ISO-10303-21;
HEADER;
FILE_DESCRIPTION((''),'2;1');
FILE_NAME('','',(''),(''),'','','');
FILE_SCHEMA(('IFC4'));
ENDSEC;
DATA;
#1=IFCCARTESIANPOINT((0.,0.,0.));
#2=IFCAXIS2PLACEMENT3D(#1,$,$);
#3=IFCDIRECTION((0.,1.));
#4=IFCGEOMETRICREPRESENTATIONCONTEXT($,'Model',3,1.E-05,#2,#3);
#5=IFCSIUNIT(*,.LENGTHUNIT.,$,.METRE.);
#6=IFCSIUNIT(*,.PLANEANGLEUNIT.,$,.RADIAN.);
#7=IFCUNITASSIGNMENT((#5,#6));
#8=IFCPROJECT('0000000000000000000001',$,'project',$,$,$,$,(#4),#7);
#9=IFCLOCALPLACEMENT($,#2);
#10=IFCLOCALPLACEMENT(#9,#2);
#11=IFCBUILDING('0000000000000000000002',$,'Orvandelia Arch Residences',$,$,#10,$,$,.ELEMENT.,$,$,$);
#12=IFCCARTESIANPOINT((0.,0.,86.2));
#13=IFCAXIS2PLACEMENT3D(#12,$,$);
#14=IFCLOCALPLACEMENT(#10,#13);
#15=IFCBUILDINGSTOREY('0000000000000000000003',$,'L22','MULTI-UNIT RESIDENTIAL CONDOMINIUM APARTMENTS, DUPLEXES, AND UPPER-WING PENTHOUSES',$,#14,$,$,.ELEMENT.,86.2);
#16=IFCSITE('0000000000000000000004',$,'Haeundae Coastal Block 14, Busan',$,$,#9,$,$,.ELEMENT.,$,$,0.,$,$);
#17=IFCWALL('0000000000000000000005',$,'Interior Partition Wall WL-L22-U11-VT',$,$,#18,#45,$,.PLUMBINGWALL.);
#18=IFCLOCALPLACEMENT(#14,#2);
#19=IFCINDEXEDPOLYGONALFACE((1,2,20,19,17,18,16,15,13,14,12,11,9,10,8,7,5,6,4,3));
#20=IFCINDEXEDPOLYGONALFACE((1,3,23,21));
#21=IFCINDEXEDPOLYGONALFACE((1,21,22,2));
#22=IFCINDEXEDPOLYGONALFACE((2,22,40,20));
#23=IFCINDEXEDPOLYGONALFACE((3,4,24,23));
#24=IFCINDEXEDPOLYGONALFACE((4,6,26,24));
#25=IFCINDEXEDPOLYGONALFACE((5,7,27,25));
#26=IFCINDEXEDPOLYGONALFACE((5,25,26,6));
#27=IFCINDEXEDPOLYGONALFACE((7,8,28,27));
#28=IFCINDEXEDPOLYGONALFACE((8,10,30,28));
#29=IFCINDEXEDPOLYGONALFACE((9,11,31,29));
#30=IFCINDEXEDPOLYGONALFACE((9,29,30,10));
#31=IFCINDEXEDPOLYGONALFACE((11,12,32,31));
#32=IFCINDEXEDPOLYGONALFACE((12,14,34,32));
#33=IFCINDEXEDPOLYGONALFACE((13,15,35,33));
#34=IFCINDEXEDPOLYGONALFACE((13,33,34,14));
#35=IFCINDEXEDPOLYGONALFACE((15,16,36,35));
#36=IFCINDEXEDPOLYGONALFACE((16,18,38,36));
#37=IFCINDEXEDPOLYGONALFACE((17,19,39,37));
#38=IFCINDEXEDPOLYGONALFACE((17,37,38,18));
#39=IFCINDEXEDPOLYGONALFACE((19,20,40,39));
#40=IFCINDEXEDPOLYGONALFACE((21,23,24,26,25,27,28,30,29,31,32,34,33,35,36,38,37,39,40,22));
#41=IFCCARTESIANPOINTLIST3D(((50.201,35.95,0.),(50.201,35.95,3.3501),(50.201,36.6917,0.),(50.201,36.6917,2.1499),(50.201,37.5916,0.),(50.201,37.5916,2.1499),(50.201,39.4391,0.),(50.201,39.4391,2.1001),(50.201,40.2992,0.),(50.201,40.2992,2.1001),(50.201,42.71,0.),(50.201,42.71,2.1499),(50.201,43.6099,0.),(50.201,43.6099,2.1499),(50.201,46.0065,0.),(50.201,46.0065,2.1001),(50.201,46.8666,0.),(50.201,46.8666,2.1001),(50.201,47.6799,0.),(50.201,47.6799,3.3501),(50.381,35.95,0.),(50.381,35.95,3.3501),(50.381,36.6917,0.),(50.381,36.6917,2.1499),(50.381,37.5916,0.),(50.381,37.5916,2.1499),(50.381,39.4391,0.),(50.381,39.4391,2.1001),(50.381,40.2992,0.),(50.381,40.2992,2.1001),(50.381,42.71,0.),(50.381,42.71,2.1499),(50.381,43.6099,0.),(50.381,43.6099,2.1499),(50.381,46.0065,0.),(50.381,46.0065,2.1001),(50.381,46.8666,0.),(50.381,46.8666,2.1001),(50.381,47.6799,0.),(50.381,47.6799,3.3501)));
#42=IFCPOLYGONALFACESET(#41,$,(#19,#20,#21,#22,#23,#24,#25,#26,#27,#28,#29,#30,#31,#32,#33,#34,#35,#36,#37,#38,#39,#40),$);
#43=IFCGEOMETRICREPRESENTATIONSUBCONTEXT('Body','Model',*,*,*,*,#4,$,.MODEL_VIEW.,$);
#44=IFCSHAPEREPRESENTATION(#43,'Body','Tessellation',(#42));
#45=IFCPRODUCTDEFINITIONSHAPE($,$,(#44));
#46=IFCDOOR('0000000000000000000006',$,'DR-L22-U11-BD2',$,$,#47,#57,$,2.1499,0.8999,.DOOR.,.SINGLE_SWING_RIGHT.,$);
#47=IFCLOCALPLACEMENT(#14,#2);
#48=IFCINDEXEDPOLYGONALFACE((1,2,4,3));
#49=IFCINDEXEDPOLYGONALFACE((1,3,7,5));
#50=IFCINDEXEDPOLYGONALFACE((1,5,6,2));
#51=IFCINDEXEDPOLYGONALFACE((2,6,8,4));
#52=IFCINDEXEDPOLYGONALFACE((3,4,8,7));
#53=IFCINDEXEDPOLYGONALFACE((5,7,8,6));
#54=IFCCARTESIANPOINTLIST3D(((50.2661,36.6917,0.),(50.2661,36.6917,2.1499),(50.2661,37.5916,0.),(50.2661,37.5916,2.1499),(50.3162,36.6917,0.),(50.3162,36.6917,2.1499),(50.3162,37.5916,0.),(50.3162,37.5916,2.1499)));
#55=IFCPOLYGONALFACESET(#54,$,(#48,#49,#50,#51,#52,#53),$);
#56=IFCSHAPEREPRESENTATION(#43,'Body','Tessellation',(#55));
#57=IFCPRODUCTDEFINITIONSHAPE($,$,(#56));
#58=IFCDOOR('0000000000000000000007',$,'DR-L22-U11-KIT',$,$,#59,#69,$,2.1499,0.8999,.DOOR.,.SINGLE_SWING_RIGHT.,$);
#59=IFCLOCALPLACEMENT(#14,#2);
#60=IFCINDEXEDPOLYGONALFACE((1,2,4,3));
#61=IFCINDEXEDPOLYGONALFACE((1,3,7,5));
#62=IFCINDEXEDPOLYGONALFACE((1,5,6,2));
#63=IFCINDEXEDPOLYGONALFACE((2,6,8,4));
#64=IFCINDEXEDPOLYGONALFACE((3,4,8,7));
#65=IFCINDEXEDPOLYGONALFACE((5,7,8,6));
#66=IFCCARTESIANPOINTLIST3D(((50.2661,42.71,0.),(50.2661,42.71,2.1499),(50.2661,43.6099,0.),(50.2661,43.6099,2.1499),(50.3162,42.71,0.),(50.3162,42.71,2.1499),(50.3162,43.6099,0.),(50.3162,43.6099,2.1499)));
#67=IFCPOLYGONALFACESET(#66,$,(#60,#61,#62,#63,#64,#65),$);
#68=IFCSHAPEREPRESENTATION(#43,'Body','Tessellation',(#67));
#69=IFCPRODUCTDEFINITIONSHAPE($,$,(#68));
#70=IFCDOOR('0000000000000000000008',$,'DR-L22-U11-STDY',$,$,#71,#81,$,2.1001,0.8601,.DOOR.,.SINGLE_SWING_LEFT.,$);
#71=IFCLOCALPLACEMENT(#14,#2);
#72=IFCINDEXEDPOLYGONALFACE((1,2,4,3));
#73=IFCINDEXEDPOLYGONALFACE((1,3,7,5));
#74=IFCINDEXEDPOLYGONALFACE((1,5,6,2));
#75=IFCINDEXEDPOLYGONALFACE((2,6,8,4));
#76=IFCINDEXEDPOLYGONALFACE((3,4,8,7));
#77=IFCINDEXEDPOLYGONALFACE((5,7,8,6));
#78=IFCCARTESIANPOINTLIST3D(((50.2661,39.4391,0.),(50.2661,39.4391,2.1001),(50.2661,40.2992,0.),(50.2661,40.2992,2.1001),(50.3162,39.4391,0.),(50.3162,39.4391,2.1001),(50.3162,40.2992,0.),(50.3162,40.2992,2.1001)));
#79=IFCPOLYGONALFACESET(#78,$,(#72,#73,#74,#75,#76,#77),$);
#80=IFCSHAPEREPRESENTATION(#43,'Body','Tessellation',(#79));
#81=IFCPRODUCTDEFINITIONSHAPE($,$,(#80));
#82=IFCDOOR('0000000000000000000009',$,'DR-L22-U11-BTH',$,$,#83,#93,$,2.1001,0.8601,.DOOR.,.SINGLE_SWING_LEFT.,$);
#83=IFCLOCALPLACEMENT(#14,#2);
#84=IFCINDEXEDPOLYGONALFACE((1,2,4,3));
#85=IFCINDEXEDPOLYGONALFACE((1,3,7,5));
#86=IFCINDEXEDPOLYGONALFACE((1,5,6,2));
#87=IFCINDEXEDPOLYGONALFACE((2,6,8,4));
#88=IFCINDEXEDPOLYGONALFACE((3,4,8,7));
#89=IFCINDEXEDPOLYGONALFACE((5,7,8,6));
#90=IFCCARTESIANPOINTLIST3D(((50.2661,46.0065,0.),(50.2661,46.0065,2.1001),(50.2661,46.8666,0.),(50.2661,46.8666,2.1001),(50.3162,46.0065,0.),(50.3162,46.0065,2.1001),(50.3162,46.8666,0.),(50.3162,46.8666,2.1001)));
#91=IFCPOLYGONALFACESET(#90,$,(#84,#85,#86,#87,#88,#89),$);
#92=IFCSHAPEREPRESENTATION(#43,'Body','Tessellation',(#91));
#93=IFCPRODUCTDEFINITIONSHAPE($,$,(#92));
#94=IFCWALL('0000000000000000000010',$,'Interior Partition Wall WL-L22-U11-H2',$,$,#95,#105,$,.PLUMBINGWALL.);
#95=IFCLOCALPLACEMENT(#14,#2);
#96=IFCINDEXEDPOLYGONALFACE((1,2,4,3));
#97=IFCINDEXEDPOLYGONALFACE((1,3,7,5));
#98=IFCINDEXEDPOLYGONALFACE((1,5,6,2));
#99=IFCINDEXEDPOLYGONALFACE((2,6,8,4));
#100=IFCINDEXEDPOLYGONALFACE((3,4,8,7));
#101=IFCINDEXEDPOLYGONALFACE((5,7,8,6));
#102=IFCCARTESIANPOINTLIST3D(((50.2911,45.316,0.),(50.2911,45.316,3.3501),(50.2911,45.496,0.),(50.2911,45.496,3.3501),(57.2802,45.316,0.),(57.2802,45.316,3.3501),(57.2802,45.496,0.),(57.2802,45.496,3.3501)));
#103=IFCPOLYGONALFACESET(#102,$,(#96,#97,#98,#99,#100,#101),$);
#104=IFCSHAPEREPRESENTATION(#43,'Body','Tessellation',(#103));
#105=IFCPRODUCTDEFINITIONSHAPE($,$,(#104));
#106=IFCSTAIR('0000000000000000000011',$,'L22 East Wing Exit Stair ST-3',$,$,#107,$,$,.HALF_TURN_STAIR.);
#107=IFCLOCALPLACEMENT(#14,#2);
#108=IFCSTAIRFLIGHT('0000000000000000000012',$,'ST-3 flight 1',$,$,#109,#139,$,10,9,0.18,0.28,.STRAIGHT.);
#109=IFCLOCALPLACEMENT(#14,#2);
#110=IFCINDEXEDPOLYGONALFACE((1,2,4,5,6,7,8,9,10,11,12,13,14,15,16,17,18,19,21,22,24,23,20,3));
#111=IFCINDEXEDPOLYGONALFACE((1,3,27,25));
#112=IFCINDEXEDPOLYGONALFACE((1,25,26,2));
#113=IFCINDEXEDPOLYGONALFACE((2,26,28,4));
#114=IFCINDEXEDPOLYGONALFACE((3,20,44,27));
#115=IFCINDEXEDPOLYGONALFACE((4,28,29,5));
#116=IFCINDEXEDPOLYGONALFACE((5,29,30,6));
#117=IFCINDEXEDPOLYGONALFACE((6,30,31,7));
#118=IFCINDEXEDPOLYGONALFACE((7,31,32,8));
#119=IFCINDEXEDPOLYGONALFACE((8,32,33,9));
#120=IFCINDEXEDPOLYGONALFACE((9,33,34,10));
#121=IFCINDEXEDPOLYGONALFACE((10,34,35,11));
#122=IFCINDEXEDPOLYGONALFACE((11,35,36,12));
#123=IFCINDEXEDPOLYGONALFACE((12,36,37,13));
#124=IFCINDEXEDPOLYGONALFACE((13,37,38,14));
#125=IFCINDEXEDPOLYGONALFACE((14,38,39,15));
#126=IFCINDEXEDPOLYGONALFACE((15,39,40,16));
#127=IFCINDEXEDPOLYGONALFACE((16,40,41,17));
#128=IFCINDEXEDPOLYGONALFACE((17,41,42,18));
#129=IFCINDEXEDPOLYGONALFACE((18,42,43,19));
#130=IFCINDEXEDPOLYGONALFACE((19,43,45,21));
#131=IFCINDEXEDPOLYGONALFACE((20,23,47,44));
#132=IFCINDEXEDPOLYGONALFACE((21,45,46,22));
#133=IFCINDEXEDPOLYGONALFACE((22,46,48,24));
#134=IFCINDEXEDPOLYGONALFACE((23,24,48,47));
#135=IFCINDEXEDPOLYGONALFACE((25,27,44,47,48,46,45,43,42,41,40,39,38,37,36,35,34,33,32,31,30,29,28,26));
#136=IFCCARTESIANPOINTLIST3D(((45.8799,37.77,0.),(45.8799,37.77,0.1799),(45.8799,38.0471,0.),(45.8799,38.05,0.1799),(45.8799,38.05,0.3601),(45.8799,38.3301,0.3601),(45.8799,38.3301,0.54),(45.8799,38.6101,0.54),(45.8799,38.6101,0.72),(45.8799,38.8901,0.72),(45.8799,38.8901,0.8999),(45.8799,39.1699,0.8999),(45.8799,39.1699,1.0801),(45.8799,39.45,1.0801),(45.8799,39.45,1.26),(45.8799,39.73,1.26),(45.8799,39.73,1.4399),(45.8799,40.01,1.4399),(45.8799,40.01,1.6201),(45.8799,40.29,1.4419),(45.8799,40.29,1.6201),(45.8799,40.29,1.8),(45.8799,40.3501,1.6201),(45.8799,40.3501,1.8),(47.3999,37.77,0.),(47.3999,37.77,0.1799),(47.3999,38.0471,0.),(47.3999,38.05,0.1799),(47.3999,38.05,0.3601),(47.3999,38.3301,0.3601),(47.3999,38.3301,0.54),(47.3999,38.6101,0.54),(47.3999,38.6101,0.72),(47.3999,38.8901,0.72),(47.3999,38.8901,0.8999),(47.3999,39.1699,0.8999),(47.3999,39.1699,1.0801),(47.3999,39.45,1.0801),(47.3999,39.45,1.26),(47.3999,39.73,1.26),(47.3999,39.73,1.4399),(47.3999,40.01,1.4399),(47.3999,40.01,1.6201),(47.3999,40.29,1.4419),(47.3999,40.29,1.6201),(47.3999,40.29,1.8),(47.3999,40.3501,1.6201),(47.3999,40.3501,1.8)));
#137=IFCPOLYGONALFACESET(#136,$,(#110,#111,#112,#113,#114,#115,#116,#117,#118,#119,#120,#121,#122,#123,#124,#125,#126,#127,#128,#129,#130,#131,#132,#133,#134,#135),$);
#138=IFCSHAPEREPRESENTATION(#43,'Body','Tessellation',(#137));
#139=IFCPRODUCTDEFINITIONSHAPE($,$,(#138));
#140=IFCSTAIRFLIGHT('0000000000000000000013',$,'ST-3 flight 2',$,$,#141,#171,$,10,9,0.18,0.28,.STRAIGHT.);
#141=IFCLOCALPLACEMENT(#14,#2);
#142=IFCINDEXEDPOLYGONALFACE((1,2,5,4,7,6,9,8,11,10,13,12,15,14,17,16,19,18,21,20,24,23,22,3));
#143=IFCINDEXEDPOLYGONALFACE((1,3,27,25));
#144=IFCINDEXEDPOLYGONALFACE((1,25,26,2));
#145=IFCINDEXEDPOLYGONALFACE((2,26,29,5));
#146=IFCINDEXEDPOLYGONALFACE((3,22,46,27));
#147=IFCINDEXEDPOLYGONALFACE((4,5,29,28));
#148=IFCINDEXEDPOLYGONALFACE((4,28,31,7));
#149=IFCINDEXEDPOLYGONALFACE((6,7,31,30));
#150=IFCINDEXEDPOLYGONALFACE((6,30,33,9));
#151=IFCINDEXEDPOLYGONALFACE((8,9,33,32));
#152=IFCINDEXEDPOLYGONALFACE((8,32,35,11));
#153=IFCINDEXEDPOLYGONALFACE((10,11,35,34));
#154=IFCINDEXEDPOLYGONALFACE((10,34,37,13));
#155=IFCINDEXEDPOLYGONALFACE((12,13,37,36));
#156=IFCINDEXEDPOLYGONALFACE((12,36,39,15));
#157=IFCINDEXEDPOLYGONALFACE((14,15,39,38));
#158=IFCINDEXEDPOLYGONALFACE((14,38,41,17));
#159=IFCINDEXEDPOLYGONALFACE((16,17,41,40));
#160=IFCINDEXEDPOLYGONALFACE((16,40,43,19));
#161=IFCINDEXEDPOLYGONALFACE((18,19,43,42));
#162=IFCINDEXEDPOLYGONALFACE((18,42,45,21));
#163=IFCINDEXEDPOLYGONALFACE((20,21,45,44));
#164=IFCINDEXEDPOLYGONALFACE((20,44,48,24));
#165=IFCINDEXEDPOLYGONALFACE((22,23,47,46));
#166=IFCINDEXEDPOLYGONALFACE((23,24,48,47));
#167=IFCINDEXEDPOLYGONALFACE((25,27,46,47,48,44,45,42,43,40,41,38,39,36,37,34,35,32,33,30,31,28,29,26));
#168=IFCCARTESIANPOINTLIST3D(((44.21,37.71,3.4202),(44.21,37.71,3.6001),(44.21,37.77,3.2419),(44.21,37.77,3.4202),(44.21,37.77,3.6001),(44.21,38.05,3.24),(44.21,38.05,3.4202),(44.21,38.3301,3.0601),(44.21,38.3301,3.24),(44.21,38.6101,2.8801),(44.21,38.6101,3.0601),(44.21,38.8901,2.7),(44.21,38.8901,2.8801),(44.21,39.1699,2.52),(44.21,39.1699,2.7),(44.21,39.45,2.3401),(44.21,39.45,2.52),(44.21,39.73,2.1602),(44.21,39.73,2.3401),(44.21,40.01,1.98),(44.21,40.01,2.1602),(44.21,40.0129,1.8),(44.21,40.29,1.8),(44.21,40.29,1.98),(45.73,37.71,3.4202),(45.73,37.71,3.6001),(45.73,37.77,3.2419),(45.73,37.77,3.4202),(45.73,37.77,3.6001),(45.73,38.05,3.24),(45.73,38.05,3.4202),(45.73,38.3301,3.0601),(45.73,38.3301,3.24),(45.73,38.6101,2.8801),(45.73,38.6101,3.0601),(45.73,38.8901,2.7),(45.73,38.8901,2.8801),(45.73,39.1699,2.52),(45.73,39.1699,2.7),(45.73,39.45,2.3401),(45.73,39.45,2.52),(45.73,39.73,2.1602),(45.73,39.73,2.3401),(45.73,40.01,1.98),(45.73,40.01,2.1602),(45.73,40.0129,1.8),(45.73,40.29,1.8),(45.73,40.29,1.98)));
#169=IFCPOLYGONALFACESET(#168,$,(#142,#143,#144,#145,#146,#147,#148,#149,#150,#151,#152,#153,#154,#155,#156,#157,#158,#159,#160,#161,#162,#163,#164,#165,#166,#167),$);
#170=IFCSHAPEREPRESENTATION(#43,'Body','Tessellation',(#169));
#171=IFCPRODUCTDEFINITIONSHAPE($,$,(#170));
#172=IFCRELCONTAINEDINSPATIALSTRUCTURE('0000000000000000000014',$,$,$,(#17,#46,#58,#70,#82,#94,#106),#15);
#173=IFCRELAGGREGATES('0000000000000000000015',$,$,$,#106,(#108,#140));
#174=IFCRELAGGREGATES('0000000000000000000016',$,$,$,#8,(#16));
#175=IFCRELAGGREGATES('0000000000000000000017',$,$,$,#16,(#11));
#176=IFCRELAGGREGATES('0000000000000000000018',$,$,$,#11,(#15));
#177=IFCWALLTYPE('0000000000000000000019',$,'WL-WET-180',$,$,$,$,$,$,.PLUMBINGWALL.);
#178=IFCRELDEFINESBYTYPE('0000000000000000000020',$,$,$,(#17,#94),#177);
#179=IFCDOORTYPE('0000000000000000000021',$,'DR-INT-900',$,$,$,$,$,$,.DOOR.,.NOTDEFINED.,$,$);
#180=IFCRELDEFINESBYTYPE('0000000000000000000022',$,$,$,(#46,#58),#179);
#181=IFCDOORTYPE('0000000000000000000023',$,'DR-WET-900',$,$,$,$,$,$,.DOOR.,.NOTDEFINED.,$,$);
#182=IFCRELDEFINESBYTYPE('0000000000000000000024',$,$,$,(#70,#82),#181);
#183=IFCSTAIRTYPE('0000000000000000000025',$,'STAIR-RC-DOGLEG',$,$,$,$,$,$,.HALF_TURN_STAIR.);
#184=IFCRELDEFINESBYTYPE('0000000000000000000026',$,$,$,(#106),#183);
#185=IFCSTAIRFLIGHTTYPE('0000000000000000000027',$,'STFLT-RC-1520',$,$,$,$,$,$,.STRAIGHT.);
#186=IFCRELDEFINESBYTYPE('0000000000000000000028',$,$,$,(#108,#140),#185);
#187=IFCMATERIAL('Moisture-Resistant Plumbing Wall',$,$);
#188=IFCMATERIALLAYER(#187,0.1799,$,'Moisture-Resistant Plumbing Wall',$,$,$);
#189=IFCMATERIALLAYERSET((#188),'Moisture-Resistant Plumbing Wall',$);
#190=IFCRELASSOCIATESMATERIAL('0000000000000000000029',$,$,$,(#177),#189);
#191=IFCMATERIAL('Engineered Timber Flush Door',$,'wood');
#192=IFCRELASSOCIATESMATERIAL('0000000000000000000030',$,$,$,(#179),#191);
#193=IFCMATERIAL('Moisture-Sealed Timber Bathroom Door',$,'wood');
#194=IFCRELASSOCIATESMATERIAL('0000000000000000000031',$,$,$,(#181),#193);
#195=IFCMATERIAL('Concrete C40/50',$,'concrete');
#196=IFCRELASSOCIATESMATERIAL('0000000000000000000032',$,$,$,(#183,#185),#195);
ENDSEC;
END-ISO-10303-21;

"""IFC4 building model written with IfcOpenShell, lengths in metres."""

from ifc_helpers import new_model, si_unit, direction, frame, frame_2d, origin, place, context, subcontext, project, spatial, polyline, rectangle, outline, extrude, material, layer, layer_set, type_object, element, fill, aggregate, save


model = new_model("IFC4")

# Units and contexts
model_context = context("Model", 3, precision=1e-05, world=origin(), true_north=direction((0.0, 1.0)))
body_context = subcontext(model_context, "Body", "Model", "MODEL_VIEW")
ifc_project = project(units=[si_unit("LENGTHUNIT", "METRE"), si_unit("PLANEANGLEUNIT", "RADIAN")], contexts=[model_context])

# Site, building, storey
site_placement = place(None, origin())
site = spatial("IfcSite", under=ifc_project, at=site_placement, Name="Haeundae Coastal Block 14, Busan", CompositionType="ELEMENT", RefElevation=0.0)
building_placement = place(site_placement, origin())
building = spatial("IfcBuilding", under=site, at=building_placement, Name="Orvandelia Arch Residences", CompositionType="ELEMENT")
storey_placement = place(building_placement, frame((0.0, 0.0, 86.2)))
storey = spatial("IfcBuildingStorey", under=building, at=storey_placement, Name="L22", Description="MULTI-UNIT RESIDENTIAL CONDOMINIUM APARTMENTS, DUPLEXES, AND UPPER-WING PENTHOUSES", CompositionType="ELEMENT", Elevation=86.2)

# Shared definitions
ifc_material_1 = material(Name="Concrete C40/50", Category="concrete")

# Wall, openings, doors
ifc_material_2 = material(Name="Moisture-Resistant Plumbing Wall")
ifc_layer_1 = layer(ifc_material_2, 0.1799, Name="Moisture-Resistant Plumbing Wall")
ifc_layer_set_1 = layer_set([ifc_layer_1], Name="Moisture-Resistant Plumbing Wall")
wall_type_1 = type_object("IfcWallType", Name="WL-WET-180", PredefinedType="PLUMBINGWALL", material=ifc_layer_set_1)
wall_1_placement = place(storey_placement, frame((50.291, 35.95, 0.0), z_axis=(0.0, 0.0, 1.0), x_axis=(0.0, 1.0, 0.0)))
wall_1 = element("IfcWall", 1, at=wall_1_placement, inside=storey, type_object=wall_type_1, Name="Interior Partition Wall WL-L22-U11-VT", PredefinedType="PLUMBINGWALL", context=body_context, shape_type="SweptSolid", body=[
    extrude(rectangle(XDim=11.73, YDim=0.1799, at=frame_2d((5.865, 0.0))), origin(), (0.0, 0.0, 1.0), 3.3501),
])
opening_1_placement = place(wall_1_placement, frame((0.7417, 0.0, 0.0)))
opening_1 = element("IfcOpeningElement", 2, at=opening_1_placement, cuts=wall_1, PredefinedType="OPENING", context=body_context, shape_type="SweptSolid", body=[
    extrude(rectangle(XDim=0.8999, YDim=2.1499, at=frame_2d((0.45, 1.075))), frame((0.0, 0.1001, 0.0), z_axis=(0.0, -1.0, 0.0), x_axis=(1.0, 0.0, 0.0)), (0.0, 0.0, 1.0), 0.2),
])
opening_2_placement = place(wall_1_placement, frame((3.489, 0.0, 0.0)))
opening_2 = element("IfcOpeningElement", 3, at=opening_2_placement, cuts=wall_1, PredefinedType="OPENING", context=body_context, shape_type="SweptSolid", body=[
    extrude(rectangle(XDim=0.8601, YDim=2.1001, at=frame_2d((0.4302, 1.05))), frame((0.0, 0.1001, 0.0), z_axis=(0.0, -1.0, 0.0), x_axis=(1.0, 0.0, 0.0)), (0.0, 0.0, 1.0), 0.2),
])
opening_3_placement = place(wall_1_placement, frame((6.76, 0.0, 0.0)))
opening_3 = element("IfcOpeningElement", 4, at=opening_3_placement, cuts=wall_1, PredefinedType="OPENING", context=body_context, shape_type="SweptSolid", body=[
    extrude(rectangle(XDim=0.8999, YDim=2.1499, at=frame_2d((0.45, 1.075))), frame((0.0, 0.1001, 0.0), z_axis=(0.0, -1.0, 0.0), x_axis=(1.0, 0.0, 0.0)), (0.0, 0.0, 1.0), 0.2),
])
opening_4_placement = place(wall_1_placement, frame((10.0564, 0.0, 0.0)))
opening_4 = element("IfcOpeningElement", 5, at=opening_4_placement, cuts=wall_1, PredefinedType="OPENING", context=body_context, shape_type="SweptSolid", body=[
    extrude(rectangle(XDim=0.8601, YDim=2.1001, at=frame_2d((0.4302, 1.05))), frame((0.0, 0.1001, 0.0), z_axis=(0.0, -1.0, 0.0), x_axis=(1.0, 0.0, 0.0)), (0.0, 0.0, 1.0), 0.2),
])
ifc_material_3 = material(Name="Engineered Timber Flush Door", Category="wood")
door_type_1 = type_object("IfcDoorType", Name="DR-INT-900", OperationType="NOTDEFINED", PredefinedType="DOOR", material=ifc_material_3)
door_1_placement = place(opening_1_placement, origin())
door_1 = element("IfcDoor", 6, at=door_1_placement, inside=storey, type_object=door_type_1, Name="DR-L22-U11-BD2", OperationType="SINGLE_SWING_RIGHT", OverallHeight=2.1499, OverallWidth=0.8999, PredefinedType="DOOR", context=body_context, shape_type="SweptSolid", body=[
    extrude(rectangle(XDim=0.8999, YDim=2.1499, at=frame_2d((0.45, 1.075))), frame((0.0, 0.0249, 0.0), z_axis=(0.0, -1.0, 0.0), x_axis=(1.0, 0.0, 0.0)), (0.0, 0.0, 1.0), 0.05),
])
fill(opening_1, door_1)
door_2_placement = place(opening_3_placement, origin())
door_2 = element("IfcDoor", 7, at=door_2_placement, inside=storey, type_object=door_type_1, Name="DR-L22-U11-KIT", OperationType="SINGLE_SWING_RIGHT", OverallHeight=2.1499, OverallWidth=0.8999, PredefinedType="DOOR", context=body_context, shape_type="SweptSolid", body=[
    extrude(rectangle(XDim=0.8999, YDim=2.1499, at=frame_2d((0.45, 1.075))), frame((0.0, 0.0249, 0.0), z_axis=(0.0, -1.0, 0.0), x_axis=(1.0, 0.0, 0.0)), (0.0, 0.0, 1.0), 0.05),
])
fill(opening_3, door_2)
ifc_material_4 = material(Name="Moisture-Sealed Timber Bathroom Door", Category="wood")
door_type_2 = type_object("IfcDoorType", Name="DR-WET-900", OperationType="NOTDEFINED", PredefinedType="DOOR", material=ifc_material_4)
door_3_placement = place(opening_2_placement, origin())
door_3 = element("IfcDoor", 8, at=door_3_placement, inside=storey, type_object=door_type_2, Name="DR-L22-U11-STDY", OperationType="SINGLE_SWING_LEFT", OverallHeight=2.1001, OverallWidth=0.8601, PredefinedType="DOOR", context=body_context, shape_type="SweptSolid", body=[
    extrude(rectangle(XDim=0.8601, YDim=2.1001, at=frame_2d((0.4302, 1.05))), frame((0.0, 0.0249, 0.0), z_axis=(0.0, -1.0, 0.0), x_axis=(1.0, 0.0, 0.0)), (0.0, 0.0, 1.0), 0.05),
])
fill(opening_2, door_3)
door_4_placement = place(opening_4_placement, origin())
door_4 = element("IfcDoor", 9, at=door_4_placement, inside=storey, type_object=door_type_2, Name="DR-L22-U11-BTH", OperationType="SINGLE_SWING_LEFT", OverallHeight=2.1001, OverallWidth=0.8601, PredefinedType="DOOR", context=body_context, shape_type="SweptSolid", body=[
    extrude(rectangle(XDim=0.8601, YDim=2.1001, at=frame_2d((0.4302, 1.05))), frame((0.0, 0.0249, 0.0), z_axis=(0.0, -1.0, 0.0), x_axis=(1.0, 0.0, 0.0)), (0.0, 0.0, 1.0), 0.05),
])
fill(opening_4, door_4)

# Wall
wall_2_placement = place(storey_placement, frame((50.291, 45.406, 0.0), z_axis=(0.0, 0.0, 1.0), x_axis=(1.0, 0.0, 0.0)))
element("IfcWall", 10, at=wall_2_placement, inside=storey, type_object=wall_type_1, Name="Interior Partition Wall WL-L22-U11-H2", PredefinedType="PLUMBINGWALL", context=body_context, shape_type="SweptSolid", body=[
    extrude(rectangle(XDim=6.989, YDim=0.1799, at=frame_2d((3.4946, 0.0))), origin(), (0.0, 0.0, 1.0), 3.3501),
])

# Stair, stair flights
stair_type = type_object("IfcStairType", Name="STAIR-RC-DOGLEG", PredefinedType="HALF_TURN_STAIR", material=ifc_material_1)
stair_placement = place(storey_placement, origin())
stair = element("IfcStair", 11, at=stair_placement, inside=storey, type_object=stair_type, Name="L22 East Wing Exit Stair ST-3", PredefinedType="HALF_TURN_STAIR")
stair_flight_type = type_object("IfcStairFlightType", Name="STFLT-RC-1520", PredefinedType="STRAIGHT", material=ifc_material_1)
stair_flight_1_placement = place(storey_placement, frame((46.6399, 37.77, 0.0), z_axis=(0.0, 0.0, 1.0), x_axis=(0.0, 1.0, 0.0)))
stair_flight_1 = element("IfcStairFlight", 12, at=stair_flight_1_placement, type_object=stair_flight_type, Name="ST-3 flight 1", NumberOfRisers=10, NumberOfTreads=9, PredefinedType="STRAIGHT", RiserHeight=0.18, TreadLength=0.28, context=body_context, shape_type="SweptSolid", body=[
    extrude(outline(polyline([(0.0, 0.0), (0.0, 0.1799), (0.28, 0.1799), (0.28, 0.3601), (0.5601, 0.3601), (0.5601, 0.54), (0.8401, 0.54), (0.8401, 0.72), (1.1201, 0.72), (1.1201, 0.8999), (1.3999, 0.8999), (1.3999, 1.0801), (1.6799, 1.0801), (1.6799, 1.26), (1.96, 1.26), (1.96, 1.4399), (2.24, 1.4399), (2.24, 1.6201), (2.52, 1.6201), (2.52, 1.8), (2.5801, 1.8), (2.5801, 1.6201), (2.52, 1.4419), (0.2771, 0.0), (0.0, 0.0)])), frame((0.0, 0.76, 0.0), z_axis=(0.0, -1.0, 0.0), x_axis=(1.0, 0.0, 0.0)), (0.0, 0.0, 1.0), 1.52),
])
stair_flight_2_placement = place(storey_placement, frame((44.97, 40.29, 1.8), z_axis=(0.0, 0.0, 1.0), x_axis=(0.0, -1.0, 0.0)))
stair_flight_2 = element("IfcStairFlight", 13, at=stair_flight_2_placement, type_object=stair_flight_type, Name="ST-3 flight 2", NumberOfRisers=10, NumberOfTreads=9, PredefinedType="STRAIGHT", RiserHeight=0.18, TreadLength=0.28, context=body_context, shape_type="SweptSolid", body=[
    extrude(outline(polyline([(0.0, 0.0), (0.0, 0.1799), (0.28, 0.1799), (0.28, 0.3601), (0.5601, 0.3601), (0.5601, 0.54), (0.8401, 0.54), (0.8401, 0.72), (1.1201, 0.72), (1.1201, 0.8999), (1.3999, 0.8999), (1.3999, 1.0801), (1.6799, 1.0801), (1.6799, 1.26), (1.96, 1.26), (1.96, 1.4399), (2.24, 1.4399), (2.24, 1.6201), (2.52, 1.6201), (2.52, 1.8), (2.5801, 1.8), (2.5801, 1.6201), (2.52, 1.4419), (0.2771, 0.0), (0.0, 0.0)])), frame((0.0, 0.76, 0.0), z_axis=(0.0, -1.0, 0.0), x_axis=(1.0, 0.0, 0.0)), (0.0, 0.0, 1.0), 1.52),
])
aggregate(stair, [stair_flight_1, stair_flight_2])

save(model, "model.ifc")
